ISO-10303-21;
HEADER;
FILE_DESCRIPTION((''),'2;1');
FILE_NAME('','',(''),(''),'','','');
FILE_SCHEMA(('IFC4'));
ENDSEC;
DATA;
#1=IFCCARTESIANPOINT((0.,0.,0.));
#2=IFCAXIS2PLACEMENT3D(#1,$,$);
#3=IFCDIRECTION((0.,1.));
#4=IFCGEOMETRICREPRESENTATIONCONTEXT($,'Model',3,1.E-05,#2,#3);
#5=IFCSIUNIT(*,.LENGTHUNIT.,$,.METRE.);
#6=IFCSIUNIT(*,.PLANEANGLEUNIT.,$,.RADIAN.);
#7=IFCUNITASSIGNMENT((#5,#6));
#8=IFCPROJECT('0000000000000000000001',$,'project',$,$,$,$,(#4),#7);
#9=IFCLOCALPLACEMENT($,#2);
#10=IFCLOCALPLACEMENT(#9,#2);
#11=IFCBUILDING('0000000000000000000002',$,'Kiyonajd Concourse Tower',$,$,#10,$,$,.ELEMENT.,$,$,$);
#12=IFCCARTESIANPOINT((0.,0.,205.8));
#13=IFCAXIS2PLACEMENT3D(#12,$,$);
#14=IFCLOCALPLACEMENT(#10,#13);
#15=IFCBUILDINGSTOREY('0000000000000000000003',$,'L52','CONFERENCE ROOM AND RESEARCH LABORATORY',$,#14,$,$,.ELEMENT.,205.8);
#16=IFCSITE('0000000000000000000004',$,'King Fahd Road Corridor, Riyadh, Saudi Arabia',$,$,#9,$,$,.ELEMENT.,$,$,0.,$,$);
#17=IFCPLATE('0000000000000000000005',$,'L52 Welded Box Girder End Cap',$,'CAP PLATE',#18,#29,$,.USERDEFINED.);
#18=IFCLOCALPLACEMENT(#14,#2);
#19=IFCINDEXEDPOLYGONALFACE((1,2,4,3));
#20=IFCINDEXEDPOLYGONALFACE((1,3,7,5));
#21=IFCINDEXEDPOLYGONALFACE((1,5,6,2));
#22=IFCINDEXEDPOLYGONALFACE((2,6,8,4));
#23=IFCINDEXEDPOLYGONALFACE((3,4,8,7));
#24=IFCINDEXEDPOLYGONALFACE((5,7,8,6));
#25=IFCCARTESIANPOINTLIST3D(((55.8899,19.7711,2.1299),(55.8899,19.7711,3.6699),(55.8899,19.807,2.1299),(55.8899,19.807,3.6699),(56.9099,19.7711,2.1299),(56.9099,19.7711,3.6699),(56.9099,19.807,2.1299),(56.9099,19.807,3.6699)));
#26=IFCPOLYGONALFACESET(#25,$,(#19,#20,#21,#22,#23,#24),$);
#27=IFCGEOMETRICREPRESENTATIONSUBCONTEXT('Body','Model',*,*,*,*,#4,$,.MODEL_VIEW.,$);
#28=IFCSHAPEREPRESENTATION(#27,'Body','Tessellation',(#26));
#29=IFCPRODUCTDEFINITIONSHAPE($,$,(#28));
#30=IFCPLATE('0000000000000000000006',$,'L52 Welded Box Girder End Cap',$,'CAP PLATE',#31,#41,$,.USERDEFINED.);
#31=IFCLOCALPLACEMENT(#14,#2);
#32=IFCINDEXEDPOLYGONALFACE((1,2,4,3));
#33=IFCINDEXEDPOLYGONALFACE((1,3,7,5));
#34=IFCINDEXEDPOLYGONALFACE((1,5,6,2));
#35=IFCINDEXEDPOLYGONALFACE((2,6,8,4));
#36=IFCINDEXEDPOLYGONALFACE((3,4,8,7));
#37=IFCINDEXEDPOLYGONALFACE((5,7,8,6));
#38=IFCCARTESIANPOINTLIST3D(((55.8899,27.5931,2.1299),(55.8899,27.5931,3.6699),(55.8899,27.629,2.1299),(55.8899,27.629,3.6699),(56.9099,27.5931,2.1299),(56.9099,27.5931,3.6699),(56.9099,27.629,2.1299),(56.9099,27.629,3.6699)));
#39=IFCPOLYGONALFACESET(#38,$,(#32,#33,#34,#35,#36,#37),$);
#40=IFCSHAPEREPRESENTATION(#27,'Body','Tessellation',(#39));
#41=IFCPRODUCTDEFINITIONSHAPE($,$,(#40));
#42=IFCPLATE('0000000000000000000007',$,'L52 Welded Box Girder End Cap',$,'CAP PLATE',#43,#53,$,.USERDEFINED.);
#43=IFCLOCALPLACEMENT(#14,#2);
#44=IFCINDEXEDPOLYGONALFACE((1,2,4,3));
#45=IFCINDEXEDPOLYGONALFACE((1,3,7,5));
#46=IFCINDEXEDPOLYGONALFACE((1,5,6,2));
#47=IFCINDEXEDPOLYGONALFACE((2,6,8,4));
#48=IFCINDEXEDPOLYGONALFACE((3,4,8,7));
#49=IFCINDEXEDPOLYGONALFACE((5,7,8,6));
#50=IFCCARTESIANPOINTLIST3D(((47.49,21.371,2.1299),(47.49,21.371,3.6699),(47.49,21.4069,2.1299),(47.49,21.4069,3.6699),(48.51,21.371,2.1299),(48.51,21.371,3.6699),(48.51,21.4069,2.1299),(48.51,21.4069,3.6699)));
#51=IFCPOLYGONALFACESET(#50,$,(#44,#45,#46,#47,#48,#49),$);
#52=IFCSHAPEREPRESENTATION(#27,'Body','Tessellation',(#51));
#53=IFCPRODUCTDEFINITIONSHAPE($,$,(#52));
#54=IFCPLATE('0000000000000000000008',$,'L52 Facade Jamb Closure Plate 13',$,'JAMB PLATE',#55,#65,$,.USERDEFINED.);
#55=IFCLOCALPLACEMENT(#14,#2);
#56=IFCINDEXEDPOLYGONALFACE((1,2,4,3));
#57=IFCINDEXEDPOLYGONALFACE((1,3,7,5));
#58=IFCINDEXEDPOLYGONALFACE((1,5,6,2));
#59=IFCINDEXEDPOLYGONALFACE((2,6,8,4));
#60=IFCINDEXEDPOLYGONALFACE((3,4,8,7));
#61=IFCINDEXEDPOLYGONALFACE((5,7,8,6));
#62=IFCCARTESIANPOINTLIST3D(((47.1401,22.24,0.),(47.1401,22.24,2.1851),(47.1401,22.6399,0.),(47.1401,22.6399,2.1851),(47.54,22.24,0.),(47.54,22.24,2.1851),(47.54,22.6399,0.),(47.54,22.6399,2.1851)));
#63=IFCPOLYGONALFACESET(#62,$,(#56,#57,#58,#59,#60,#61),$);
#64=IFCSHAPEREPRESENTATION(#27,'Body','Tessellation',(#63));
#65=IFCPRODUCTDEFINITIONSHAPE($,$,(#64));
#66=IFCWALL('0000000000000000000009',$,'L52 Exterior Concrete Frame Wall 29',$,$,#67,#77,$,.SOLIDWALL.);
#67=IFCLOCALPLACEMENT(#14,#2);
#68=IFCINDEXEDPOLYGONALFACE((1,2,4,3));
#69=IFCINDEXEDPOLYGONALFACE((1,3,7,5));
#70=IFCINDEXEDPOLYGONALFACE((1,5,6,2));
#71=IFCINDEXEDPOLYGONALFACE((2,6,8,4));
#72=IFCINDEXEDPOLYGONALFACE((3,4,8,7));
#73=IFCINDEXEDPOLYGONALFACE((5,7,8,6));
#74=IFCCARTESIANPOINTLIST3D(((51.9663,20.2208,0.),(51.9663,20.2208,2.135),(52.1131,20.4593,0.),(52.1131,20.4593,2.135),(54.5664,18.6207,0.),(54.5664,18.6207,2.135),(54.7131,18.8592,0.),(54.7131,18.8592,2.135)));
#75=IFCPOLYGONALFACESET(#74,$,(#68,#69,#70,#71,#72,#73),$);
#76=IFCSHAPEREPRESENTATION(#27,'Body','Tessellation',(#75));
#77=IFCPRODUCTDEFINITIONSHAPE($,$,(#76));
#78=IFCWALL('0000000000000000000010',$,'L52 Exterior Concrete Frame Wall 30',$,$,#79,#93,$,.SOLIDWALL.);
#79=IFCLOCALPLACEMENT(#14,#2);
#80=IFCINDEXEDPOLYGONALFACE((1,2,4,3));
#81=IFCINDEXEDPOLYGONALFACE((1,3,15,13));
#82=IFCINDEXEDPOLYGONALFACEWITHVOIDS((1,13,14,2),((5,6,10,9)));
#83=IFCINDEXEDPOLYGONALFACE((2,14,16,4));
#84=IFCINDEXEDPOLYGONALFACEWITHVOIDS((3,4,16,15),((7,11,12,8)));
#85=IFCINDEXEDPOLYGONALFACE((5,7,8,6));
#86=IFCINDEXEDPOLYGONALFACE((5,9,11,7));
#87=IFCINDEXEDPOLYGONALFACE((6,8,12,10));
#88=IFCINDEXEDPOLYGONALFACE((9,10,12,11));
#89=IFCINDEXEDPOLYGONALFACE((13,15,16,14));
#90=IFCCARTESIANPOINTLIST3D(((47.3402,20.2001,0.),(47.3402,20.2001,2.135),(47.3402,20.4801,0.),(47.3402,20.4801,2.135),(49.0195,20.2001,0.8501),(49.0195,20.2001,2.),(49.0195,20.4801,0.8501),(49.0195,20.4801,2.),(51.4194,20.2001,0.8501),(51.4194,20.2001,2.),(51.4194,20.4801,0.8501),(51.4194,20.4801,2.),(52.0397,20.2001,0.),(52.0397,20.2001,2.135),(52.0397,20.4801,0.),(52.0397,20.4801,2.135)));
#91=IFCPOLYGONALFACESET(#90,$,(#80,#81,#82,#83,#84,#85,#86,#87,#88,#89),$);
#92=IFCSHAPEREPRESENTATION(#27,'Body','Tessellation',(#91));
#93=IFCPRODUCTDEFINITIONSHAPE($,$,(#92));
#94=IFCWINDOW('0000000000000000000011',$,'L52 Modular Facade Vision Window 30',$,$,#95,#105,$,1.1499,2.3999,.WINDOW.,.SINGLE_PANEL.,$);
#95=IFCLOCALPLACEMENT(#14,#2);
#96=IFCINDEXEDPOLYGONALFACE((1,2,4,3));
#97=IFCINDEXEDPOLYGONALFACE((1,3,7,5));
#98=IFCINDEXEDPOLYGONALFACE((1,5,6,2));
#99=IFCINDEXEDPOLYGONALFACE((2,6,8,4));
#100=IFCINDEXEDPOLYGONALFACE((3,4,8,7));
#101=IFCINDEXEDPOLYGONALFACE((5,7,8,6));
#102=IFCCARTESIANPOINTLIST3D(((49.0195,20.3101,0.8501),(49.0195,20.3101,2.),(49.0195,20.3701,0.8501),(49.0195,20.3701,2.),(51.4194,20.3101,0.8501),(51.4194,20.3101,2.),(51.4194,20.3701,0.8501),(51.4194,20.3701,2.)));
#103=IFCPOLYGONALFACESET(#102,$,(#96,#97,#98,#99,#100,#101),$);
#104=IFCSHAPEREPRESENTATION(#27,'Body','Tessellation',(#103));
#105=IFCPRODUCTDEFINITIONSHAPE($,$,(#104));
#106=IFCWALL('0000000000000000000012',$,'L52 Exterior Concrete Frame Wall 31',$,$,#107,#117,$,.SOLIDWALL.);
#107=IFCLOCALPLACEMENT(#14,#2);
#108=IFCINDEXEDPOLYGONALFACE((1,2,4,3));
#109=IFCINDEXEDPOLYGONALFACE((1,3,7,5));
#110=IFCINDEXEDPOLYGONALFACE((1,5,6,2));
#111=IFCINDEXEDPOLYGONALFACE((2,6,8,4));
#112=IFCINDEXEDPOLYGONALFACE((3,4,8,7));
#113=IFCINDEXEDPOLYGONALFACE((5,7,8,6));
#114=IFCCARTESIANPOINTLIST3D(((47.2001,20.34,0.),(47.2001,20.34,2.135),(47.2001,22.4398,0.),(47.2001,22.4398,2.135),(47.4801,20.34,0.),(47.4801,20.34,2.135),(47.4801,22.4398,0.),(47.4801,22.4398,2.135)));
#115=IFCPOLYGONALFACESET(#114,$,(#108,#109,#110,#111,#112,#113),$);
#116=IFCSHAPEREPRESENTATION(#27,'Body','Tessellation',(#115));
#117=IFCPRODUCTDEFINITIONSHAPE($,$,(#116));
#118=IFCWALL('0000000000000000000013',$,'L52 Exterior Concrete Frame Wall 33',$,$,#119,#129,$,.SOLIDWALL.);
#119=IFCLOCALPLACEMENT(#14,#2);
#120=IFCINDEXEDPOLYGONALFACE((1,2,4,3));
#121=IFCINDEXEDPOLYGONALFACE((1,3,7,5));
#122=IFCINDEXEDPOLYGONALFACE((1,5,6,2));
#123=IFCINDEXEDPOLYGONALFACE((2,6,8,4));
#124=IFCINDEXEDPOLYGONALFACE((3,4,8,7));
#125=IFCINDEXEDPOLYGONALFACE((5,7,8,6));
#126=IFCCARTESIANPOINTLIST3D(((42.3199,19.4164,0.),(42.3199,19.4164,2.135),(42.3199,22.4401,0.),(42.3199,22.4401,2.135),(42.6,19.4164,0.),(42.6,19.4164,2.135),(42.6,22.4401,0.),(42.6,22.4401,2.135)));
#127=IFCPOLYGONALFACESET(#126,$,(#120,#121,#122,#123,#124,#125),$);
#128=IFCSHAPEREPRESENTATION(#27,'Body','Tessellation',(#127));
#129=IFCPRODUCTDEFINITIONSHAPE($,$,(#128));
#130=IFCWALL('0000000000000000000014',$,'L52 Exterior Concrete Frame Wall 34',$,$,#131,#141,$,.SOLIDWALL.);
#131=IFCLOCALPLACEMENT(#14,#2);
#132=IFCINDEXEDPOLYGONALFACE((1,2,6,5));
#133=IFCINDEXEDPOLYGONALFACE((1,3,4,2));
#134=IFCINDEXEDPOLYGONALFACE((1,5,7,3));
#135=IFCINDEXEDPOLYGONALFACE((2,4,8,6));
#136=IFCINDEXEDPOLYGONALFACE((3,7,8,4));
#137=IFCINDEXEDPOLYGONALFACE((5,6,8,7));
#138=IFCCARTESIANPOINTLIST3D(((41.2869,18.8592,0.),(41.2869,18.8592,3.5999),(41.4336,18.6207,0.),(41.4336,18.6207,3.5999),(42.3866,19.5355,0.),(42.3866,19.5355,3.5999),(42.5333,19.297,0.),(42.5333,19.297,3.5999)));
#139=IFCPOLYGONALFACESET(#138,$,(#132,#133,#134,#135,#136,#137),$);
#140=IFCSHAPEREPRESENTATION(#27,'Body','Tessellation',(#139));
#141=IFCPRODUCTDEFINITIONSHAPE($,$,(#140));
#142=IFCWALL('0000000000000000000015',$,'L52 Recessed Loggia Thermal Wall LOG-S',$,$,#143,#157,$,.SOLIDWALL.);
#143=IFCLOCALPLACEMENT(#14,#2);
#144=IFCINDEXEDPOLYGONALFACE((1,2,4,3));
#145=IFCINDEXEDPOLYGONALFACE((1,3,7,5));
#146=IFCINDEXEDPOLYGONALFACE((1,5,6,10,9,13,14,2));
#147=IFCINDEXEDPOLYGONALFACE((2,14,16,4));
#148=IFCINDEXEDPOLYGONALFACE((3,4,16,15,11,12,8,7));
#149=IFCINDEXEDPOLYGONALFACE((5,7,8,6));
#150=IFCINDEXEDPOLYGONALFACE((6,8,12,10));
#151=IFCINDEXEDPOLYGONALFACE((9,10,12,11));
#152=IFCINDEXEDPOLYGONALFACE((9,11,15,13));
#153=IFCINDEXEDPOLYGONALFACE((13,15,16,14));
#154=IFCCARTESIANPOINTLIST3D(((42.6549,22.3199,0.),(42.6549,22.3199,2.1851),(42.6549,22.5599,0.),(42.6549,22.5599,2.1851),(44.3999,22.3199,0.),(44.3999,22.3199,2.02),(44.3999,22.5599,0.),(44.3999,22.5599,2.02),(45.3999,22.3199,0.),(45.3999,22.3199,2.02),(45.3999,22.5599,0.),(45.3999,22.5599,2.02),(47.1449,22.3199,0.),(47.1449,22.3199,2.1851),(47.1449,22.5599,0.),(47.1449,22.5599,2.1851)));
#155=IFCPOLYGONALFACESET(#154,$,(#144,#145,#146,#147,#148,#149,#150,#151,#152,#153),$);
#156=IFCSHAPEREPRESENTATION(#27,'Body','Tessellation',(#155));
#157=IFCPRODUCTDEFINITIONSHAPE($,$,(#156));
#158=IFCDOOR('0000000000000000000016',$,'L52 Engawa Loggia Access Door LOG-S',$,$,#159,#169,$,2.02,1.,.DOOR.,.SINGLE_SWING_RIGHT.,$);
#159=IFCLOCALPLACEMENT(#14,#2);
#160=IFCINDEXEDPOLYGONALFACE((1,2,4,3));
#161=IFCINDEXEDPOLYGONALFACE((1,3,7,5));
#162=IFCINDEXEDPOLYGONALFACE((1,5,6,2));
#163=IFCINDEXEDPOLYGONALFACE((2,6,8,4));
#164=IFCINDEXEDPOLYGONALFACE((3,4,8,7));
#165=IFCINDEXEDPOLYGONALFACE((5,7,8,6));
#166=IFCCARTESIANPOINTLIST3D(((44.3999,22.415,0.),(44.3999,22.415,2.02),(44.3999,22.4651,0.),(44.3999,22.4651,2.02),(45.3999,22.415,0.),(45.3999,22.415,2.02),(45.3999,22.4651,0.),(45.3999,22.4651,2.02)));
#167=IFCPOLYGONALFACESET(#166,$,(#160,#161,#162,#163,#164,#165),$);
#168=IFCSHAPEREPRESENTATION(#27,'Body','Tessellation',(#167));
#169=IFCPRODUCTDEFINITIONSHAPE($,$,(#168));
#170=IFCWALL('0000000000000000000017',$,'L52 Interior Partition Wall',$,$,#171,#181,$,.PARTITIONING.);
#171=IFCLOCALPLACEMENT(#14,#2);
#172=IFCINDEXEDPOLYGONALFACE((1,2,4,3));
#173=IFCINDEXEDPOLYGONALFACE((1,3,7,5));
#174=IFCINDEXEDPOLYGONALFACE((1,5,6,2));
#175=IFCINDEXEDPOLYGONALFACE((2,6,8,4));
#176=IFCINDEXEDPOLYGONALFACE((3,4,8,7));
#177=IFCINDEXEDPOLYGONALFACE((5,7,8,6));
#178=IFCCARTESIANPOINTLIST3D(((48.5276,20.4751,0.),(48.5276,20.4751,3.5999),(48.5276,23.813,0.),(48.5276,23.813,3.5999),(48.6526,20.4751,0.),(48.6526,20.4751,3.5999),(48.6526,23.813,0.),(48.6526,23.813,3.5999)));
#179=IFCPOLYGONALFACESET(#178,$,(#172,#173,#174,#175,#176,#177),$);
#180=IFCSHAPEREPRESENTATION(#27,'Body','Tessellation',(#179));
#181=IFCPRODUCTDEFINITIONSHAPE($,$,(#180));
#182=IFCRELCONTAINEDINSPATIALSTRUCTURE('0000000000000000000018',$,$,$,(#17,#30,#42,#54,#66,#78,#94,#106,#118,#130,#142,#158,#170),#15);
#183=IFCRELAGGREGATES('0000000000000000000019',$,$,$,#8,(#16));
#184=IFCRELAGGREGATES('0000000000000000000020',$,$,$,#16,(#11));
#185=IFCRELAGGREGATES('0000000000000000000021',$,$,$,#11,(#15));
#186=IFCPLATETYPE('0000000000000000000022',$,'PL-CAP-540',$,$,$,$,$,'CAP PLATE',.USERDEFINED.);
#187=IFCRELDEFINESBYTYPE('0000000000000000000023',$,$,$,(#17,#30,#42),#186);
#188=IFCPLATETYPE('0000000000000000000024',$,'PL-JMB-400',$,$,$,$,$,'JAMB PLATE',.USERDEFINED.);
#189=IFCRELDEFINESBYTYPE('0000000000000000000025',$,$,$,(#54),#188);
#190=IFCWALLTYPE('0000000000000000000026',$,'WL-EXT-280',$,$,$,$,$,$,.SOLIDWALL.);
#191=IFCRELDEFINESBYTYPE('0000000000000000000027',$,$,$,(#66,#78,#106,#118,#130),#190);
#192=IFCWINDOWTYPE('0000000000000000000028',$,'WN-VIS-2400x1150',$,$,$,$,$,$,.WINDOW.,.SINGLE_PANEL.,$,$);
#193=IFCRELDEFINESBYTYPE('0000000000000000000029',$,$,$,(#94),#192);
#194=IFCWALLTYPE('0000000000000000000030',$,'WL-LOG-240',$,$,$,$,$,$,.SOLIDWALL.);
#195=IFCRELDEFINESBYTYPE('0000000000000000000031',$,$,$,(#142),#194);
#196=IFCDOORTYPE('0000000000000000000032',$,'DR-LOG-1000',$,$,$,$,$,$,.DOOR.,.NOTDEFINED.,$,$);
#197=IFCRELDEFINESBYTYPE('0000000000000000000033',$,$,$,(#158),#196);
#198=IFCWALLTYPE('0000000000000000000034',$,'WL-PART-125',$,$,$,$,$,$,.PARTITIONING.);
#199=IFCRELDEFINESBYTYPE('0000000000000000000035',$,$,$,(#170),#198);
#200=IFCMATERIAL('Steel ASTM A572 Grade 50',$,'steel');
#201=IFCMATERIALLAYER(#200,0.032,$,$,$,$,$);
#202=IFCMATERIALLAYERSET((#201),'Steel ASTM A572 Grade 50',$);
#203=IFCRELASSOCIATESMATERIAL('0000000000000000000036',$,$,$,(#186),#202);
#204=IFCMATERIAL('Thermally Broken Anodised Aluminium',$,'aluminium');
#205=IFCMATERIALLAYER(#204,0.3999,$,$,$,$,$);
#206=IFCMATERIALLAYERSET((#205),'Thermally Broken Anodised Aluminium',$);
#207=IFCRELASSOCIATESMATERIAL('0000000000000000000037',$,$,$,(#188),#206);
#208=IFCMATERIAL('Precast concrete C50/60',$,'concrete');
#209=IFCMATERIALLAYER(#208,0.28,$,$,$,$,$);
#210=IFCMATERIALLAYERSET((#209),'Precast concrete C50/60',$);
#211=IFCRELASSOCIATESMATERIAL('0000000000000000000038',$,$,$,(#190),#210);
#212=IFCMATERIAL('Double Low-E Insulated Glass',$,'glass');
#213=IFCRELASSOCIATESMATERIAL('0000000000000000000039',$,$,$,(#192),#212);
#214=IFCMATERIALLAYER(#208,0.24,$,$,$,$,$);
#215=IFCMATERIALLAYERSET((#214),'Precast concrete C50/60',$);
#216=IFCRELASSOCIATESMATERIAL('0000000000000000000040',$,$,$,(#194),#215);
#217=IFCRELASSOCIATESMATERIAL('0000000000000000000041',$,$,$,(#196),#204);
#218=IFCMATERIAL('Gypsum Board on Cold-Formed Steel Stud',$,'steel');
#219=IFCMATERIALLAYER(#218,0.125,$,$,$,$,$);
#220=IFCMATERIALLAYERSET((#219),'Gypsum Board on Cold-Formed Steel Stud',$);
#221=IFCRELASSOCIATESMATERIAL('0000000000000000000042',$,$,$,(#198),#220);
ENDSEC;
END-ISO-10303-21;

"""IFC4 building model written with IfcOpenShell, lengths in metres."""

from ifc_helpers import new_model, si_unit, direction, frame, frame_2d, origin, origin_2d, place, context, subcontext, project, spatial, rectangle, extrude, material, layer, layer_set, type_object, element, fill, save


model = new_model("IFC4")

# Units and contexts
model_context = context("Model", 3, precision=1e-05, world=origin(), true_north=direction((0.0, 1.0)))
body_context = subcontext(model_context, "Body", "Model", "MODEL_VIEW")
ifc_project = project(units=[si_unit("LENGTHUNIT", "METRE"), si_unit("PLANEANGLEUNIT", "RADIAN")], contexts=[model_context])

# Site, building, storey
site_placement = place(None, origin())
site = spatial("IfcSite", under=ifc_project, at=site_placement, Name="King Fahd Road Corridor, Riyadh, Saudi Arabia", CompositionType="ELEMENT", RefElevation=0.0)
building_placement = place(site_placement, origin())
building = spatial("IfcBuilding", under=site, at=building_placement, Name="Kiyonajd Concourse Tower", CompositionType="ELEMENT")
storey_placement = place(building_placement, frame((0.0, 0.0, 205.8)))
storey = spatial("IfcBuildingStorey", under=building, at=storey_placement, Name="L52", Description="CONFERENCE ROOM AND RESEARCH LABORATORY", CompositionType="ELEMENT", Elevation=205.8)

# Shared definitions
ifc_material_1 = material(Name="Steel ASTM A572 Grade 50", Category="steel")

# Plates
ifc_layer_1 = layer(ifc_material_1, 0.032)
ifc_layer_set_1 = layer_set([ifc_layer_1], Name="Steel ASTM A572 Grade 50")
plate_type_1 = type_object("IfcPlateType", Name="PL-CAP-540", ElementType="CAP PLATE", PredefinedType="USERDEFINED", material=ifc_layer_set_1)
for number, where, z_axis, x_axis, name in (
    (1, (56.3999, 19.7891, 2.1299), (0.0, 0.0, 1.0), (0.0, -1.0, 0.0), "L52 Welded Box Girder End Cap"),
    (2, (56.3999, 27.6111, 2.1299), (0.0, 0.0, 1.0), (0.0, 1.0, 0.0), "L52 Welded Box Girder End Cap"),
    (3, (48.0, 21.3889, 2.1299), (0.0, 0.0, 1.0), (0.0, -1.0, 0.0), "L52 Welded Box Girder End Cap"),
):
    element("IfcPlate", number, at=place(storey_placement, frame(where, z_axis=z_axis, x_axis=x_axis)), inside=storey, type_object=plate_type_1, Name=name, ObjectType="CAP PLATE", PredefinedType="USERDEFINED", context=body_context, shape_type="SweptSolid", body=[
        extrude(rectangle(XDim=0.0359, YDim=1.02, at=origin_2d()), origin(), (0.0, 0.0, 1.0), 1.54),
    ])
ifc_material_2 = material(Name="Thermally Broken Anodised Aluminium", Category="aluminium")
ifc_layer_2 = layer(ifc_material_2, 0.3999)
ifc_layer_set_2 = layer_set([ifc_layer_2], Name="Thermally Broken Anodised Aluminium")
plate_type_2 = type_object("IfcPlateType", Name="PL-JMB-400", ElementType="JAMB PLATE", PredefinedType="USERDEFINED", material=ifc_layer_set_2)
plate_placement = place(storey_placement, frame((47.3401, 22.4399, 0.0), z_axis=(0.0, 0.0, 1.0), x_axis=(1.0, 0.0, 0.0)))
element("IfcPlate", 4, at=plate_placement, inside=storey, type_object=plate_type_2, Name="L52 Facade Jamb Closure Plate 13", ObjectType="JAMB PLATE", PredefinedType="USERDEFINED", context=body_context, shape_type="SweptSolid", body=[
    extrude(rectangle(XDim=0.3999, YDim=0.3999, at=origin_2d()), origin(), (0.0, 0.0, 1.0), 2.1851),
])

# Wall
ifc_material_3 = material(Name="Precast concrete C50/60", Category="concrete")
ifc_layer_3 = layer(ifc_material_3, 0.28)
ifc_layer_set_3 = layer_set([ifc_layer_3], Name="Precast concrete C50/60")
wall_type_1 = type_object("IfcWallType", Name="WL-EXT-280", PredefinedType="SOLIDWALL", material=ifc_layer_set_3)
wall_1_placement = place(storey_placement, frame((54.6396, 18.74, 0.0), z_axis=(0.0, 0.0, 1.0), x_axis=(-0.851653, 0.524106, 0.0)))
element("IfcWall", 5, at=wall_1_placement, inside=storey, type_object=wall_type_1, Name="L52 Exterior Concrete Frame Wall 29", PredefinedType="SOLIDWALL", context=body_context, shape_type="SweptSolid", body=[
    extrude(rectangle(XDim=3.053, YDim=0.28, at=frame_2d((1.5264, 0.0))), origin(), (0.0, 0.0, 1.0), 2.135),
])

# Wall, opening, window
wall_2_placement = place(storey_placement, frame((52.0396, 20.3401, 0.0), z_axis=(0.0, 0.0, 1.0), x_axis=(-1.0, 0.0, 0.0)))
wall_2 = element("IfcWall", 6, at=wall_2_placement, inside=storey, type_object=wall_type_1, Name="L52 Exterior Concrete Frame Wall 30", PredefinedType="SOLIDWALL", context=body_context, shape_type="SweptSolid", body=[
    extrude(rectangle(XDim=4.6995, YDim=0.28, at=frame_2d((2.3496, 0.0))), origin(), (0.0, 0.0, 1.0), 2.135),
])
opening_1_placement = place(wall_2_placement, frame((0.6201, 0.0, 0.8501)))
opening_1 = element("IfcOpeningElement", 7, at=opening_1_placement, cuts=wall_2, PredefinedType="OPENING", context=body_context, shape_type="SweptSolid", body=[
    extrude(rectangle(XDim=2.3999, YDim=1.1499, at=frame_2d((1.2, 0.575))), frame((0.0, 0.1499, 0.0), z_axis=(0.0, -1.0, 0.0), x_axis=(1.0, 0.0, 0.0)), (0.0, 0.0, 1.0), 0.3),
])
ifc_material_4 = material(Name="Double Low-E Insulated Glass", Category="glass")
window_type = type_object("IfcWindowType", Name="WN-VIS-2400x1150", PartitioningType="SINGLE_PANEL", PredefinedType="WINDOW", material=ifc_material_4)
window_placement = place(opening_1_placement, origin())
window = element("IfcWindow", 8, at=window_placement, inside=storey, type_object=window_type, Name="L52 Modular Facade Vision Window 30", OverallHeight=1.1499, OverallWidth=2.3999, PartitioningType="SINGLE_PANEL", PredefinedType="WINDOW", context=body_context, shape_type="SweptSolid", body=[
    extrude(rectangle(XDim=2.3999, YDim=1.1499, at=frame_2d((1.2, 0.575))), frame((0.0, 0.03, 0.0), z_axis=(0.0, -1.0, 0.0), x_axis=(1.0, 0.0, 0.0)), (0.0, 0.0, 1.0), 0.0601),
])
fill(opening_1, window)

# Walls
wall_3_placement = place(storey_placement, frame((47.3401, 20.3401, 0.0), z_axis=(0.0, 0.0, 1.0), x_axis=(0.0, 1.0, 0.0)))
element("IfcWall", 9, at=wall_3_placement, inside=storey, type_object=wall_type_1, Name="L52 Exterior Concrete Frame Wall 31", PredefinedType="SOLIDWALL", context=body_context, shape_type="SweptSolid", body=[
    extrude(rectangle(XDim=2.0999, YDim=0.28, at=frame_2d((1.0498, 0.0))), origin(), (0.0, 0.0, 1.0), 2.135),
])
wall_4_placement = place(storey_placement, frame((42.46, 22.4399, 0.0), z_axis=(0.0, 0.0, 1.0), x_axis=(0.0, -1.0, 0.0)))
element("IfcWall", 10, at=wall_4_placement, inside=storey, type_object=wall_type_1, Name="L52 Exterior Concrete Frame Wall 33", PredefinedType="SOLIDWALL", context=body_context, shape_type="SweptSolid", body=[
    extrude(rectangle(XDim=3.0237, YDim=0.28, at=frame_2d((1.5117, 0.0))), origin(), (0.0, 0.0, 1.0), 2.135),
])
wall_5_placement = place(storey_placement, frame((42.46, 19.4163, 0.0), z_axis=(0.0, 0.0, 1.0), x_axis=(-0.851801, -0.523865, 0.0)))
element("IfcWall", 11, at=wall_5_placement, inside=storey, type_object=wall_type_1, Name="L52 Exterior Concrete Frame Wall 34", PredefinedType="SOLIDWALL", context=body_context, shape_type="SweptSolid", body=[
    extrude(rectangle(XDim=1.291, YDim=0.28, at=frame_2d((0.6455, 0.0))), origin(), (0.0, 0.0, 1.0), 3.5999),
])

# Wall, opening, door
ifc_layer_4 = layer(ifc_material_3, 0.24)
ifc_layer_set_4 = layer_set([ifc_layer_4], Name="Precast concrete C50/60")
wall_type_2 = type_object("IfcWallType", Name="WL-LOG-240", PredefinedType="SOLIDWALL", material=ifc_layer_set_4)
wall_6_placement = place(storey_placement, frame((47.145, 22.4399, 0.0), z_axis=(0.0, 0.0, 1.0), x_axis=(-1.0, 0.0, 0.0)))
wall_6 = element("IfcWall", 12, at=wall_6_placement, inside=storey, type_object=wall_type_2, Name="L52 Recessed Loggia Thermal Wall LOG-S", PredefinedType="SOLIDWALL", context=body_context, shape_type="SweptSolid", body=[
    extrude(rectangle(XDim=4.49, YDim=0.24, at=frame_2d((2.2451, 0.0))), origin(), (0.0, 0.0, 1.0), 2.1851),
])
opening_2_placement = place(wall_6_placement, frame((1.7451, 0.0, 0.0)))
opening_2 = element("IfcOpeningElement", 13, at=opening_2_placement, cuts=wall_6, PredefinedType="OPENING", context=body_context, shape_type="SweptSolid", body=[
    extrude(rectangle(XDim=1.0, YDim=2.02, at=frame_2d((0.5, 1.01))), frame((0.0, 0.1299, 0.0), z_axis=(0.0, -1.0, 0.0), x_axis=(1.0, 0.0, 0.0)), (0.0, 0.0, 1.0), 0.26),
])
door_type = type_object("IfcDoorType", Name="DR-LOG-1000", OperationType="NOTDEFINED", PredefinedType="DOOR", material=ifc_material_2)
door_placement = place(opening_2_placement, origin())
door = element("IfcDoor", 14, at=door_placement, inside=storey, type_object=door_type, Name="L52 Engawa Loggia Access Door LOG-S", OperationType="SINGLE_SWING_RIGHT", OverallHeight=2.02, OverallWidth=1.0, PredefinedType="DOOR", context=body_context, shape_type="SweptSolid", body=[
    extrude(rectangle(XDim=1.0, YDim=2.02, at=frame_2d((0.5, 1.01))), frame((0.0, 0.0249, 0.0), z_axis=(0.0, -1.0, 0.0), x_axis=(1.0, 0.0, 0.0)), (0.0, 0.0, 1.0), 0.05),
])
fill(opening_2, door)

# Wall
ifc_material_5 = material(Name="Gypsum Board on Cold-Formed Steel Stud", Category="steel")
ifc_layer_5 = layer(ifc_material_5, 0.125)
ifc_layer_set_5 = layer_set([ifc_layer_5], Name="Gypsum Board on Cold-Formed Steel Stud")
wall_type_3 = type_object("IfcWallType", Name="WL-PART-125", PredefinedType="PARTITIONING", material=ifc_layer_set_5)
wall_7_placement = place(storey_placement, frame((48.5901, 20.4751, 0.0), z_axis=(0.0, 0.0, 1.0), x_axis=(0.0, 1.0, 0.0)))
element("IfcWall", 15, at=wall_7_placement, inside=storey, type_object=wall_type_3, Name="L52 Interior Partition Wall", PredefinedType="PARTITIONING", context=body_context, shape_type="SweptSolid", body=[
    extrude(rectangle(XDim=3.3379, YDim=0.125, at=frame_2d((1.6689, 0.0))), origin(), (0.0, 0.0, 1.0), 3.5999),
])

save(model, "model.ifc")
